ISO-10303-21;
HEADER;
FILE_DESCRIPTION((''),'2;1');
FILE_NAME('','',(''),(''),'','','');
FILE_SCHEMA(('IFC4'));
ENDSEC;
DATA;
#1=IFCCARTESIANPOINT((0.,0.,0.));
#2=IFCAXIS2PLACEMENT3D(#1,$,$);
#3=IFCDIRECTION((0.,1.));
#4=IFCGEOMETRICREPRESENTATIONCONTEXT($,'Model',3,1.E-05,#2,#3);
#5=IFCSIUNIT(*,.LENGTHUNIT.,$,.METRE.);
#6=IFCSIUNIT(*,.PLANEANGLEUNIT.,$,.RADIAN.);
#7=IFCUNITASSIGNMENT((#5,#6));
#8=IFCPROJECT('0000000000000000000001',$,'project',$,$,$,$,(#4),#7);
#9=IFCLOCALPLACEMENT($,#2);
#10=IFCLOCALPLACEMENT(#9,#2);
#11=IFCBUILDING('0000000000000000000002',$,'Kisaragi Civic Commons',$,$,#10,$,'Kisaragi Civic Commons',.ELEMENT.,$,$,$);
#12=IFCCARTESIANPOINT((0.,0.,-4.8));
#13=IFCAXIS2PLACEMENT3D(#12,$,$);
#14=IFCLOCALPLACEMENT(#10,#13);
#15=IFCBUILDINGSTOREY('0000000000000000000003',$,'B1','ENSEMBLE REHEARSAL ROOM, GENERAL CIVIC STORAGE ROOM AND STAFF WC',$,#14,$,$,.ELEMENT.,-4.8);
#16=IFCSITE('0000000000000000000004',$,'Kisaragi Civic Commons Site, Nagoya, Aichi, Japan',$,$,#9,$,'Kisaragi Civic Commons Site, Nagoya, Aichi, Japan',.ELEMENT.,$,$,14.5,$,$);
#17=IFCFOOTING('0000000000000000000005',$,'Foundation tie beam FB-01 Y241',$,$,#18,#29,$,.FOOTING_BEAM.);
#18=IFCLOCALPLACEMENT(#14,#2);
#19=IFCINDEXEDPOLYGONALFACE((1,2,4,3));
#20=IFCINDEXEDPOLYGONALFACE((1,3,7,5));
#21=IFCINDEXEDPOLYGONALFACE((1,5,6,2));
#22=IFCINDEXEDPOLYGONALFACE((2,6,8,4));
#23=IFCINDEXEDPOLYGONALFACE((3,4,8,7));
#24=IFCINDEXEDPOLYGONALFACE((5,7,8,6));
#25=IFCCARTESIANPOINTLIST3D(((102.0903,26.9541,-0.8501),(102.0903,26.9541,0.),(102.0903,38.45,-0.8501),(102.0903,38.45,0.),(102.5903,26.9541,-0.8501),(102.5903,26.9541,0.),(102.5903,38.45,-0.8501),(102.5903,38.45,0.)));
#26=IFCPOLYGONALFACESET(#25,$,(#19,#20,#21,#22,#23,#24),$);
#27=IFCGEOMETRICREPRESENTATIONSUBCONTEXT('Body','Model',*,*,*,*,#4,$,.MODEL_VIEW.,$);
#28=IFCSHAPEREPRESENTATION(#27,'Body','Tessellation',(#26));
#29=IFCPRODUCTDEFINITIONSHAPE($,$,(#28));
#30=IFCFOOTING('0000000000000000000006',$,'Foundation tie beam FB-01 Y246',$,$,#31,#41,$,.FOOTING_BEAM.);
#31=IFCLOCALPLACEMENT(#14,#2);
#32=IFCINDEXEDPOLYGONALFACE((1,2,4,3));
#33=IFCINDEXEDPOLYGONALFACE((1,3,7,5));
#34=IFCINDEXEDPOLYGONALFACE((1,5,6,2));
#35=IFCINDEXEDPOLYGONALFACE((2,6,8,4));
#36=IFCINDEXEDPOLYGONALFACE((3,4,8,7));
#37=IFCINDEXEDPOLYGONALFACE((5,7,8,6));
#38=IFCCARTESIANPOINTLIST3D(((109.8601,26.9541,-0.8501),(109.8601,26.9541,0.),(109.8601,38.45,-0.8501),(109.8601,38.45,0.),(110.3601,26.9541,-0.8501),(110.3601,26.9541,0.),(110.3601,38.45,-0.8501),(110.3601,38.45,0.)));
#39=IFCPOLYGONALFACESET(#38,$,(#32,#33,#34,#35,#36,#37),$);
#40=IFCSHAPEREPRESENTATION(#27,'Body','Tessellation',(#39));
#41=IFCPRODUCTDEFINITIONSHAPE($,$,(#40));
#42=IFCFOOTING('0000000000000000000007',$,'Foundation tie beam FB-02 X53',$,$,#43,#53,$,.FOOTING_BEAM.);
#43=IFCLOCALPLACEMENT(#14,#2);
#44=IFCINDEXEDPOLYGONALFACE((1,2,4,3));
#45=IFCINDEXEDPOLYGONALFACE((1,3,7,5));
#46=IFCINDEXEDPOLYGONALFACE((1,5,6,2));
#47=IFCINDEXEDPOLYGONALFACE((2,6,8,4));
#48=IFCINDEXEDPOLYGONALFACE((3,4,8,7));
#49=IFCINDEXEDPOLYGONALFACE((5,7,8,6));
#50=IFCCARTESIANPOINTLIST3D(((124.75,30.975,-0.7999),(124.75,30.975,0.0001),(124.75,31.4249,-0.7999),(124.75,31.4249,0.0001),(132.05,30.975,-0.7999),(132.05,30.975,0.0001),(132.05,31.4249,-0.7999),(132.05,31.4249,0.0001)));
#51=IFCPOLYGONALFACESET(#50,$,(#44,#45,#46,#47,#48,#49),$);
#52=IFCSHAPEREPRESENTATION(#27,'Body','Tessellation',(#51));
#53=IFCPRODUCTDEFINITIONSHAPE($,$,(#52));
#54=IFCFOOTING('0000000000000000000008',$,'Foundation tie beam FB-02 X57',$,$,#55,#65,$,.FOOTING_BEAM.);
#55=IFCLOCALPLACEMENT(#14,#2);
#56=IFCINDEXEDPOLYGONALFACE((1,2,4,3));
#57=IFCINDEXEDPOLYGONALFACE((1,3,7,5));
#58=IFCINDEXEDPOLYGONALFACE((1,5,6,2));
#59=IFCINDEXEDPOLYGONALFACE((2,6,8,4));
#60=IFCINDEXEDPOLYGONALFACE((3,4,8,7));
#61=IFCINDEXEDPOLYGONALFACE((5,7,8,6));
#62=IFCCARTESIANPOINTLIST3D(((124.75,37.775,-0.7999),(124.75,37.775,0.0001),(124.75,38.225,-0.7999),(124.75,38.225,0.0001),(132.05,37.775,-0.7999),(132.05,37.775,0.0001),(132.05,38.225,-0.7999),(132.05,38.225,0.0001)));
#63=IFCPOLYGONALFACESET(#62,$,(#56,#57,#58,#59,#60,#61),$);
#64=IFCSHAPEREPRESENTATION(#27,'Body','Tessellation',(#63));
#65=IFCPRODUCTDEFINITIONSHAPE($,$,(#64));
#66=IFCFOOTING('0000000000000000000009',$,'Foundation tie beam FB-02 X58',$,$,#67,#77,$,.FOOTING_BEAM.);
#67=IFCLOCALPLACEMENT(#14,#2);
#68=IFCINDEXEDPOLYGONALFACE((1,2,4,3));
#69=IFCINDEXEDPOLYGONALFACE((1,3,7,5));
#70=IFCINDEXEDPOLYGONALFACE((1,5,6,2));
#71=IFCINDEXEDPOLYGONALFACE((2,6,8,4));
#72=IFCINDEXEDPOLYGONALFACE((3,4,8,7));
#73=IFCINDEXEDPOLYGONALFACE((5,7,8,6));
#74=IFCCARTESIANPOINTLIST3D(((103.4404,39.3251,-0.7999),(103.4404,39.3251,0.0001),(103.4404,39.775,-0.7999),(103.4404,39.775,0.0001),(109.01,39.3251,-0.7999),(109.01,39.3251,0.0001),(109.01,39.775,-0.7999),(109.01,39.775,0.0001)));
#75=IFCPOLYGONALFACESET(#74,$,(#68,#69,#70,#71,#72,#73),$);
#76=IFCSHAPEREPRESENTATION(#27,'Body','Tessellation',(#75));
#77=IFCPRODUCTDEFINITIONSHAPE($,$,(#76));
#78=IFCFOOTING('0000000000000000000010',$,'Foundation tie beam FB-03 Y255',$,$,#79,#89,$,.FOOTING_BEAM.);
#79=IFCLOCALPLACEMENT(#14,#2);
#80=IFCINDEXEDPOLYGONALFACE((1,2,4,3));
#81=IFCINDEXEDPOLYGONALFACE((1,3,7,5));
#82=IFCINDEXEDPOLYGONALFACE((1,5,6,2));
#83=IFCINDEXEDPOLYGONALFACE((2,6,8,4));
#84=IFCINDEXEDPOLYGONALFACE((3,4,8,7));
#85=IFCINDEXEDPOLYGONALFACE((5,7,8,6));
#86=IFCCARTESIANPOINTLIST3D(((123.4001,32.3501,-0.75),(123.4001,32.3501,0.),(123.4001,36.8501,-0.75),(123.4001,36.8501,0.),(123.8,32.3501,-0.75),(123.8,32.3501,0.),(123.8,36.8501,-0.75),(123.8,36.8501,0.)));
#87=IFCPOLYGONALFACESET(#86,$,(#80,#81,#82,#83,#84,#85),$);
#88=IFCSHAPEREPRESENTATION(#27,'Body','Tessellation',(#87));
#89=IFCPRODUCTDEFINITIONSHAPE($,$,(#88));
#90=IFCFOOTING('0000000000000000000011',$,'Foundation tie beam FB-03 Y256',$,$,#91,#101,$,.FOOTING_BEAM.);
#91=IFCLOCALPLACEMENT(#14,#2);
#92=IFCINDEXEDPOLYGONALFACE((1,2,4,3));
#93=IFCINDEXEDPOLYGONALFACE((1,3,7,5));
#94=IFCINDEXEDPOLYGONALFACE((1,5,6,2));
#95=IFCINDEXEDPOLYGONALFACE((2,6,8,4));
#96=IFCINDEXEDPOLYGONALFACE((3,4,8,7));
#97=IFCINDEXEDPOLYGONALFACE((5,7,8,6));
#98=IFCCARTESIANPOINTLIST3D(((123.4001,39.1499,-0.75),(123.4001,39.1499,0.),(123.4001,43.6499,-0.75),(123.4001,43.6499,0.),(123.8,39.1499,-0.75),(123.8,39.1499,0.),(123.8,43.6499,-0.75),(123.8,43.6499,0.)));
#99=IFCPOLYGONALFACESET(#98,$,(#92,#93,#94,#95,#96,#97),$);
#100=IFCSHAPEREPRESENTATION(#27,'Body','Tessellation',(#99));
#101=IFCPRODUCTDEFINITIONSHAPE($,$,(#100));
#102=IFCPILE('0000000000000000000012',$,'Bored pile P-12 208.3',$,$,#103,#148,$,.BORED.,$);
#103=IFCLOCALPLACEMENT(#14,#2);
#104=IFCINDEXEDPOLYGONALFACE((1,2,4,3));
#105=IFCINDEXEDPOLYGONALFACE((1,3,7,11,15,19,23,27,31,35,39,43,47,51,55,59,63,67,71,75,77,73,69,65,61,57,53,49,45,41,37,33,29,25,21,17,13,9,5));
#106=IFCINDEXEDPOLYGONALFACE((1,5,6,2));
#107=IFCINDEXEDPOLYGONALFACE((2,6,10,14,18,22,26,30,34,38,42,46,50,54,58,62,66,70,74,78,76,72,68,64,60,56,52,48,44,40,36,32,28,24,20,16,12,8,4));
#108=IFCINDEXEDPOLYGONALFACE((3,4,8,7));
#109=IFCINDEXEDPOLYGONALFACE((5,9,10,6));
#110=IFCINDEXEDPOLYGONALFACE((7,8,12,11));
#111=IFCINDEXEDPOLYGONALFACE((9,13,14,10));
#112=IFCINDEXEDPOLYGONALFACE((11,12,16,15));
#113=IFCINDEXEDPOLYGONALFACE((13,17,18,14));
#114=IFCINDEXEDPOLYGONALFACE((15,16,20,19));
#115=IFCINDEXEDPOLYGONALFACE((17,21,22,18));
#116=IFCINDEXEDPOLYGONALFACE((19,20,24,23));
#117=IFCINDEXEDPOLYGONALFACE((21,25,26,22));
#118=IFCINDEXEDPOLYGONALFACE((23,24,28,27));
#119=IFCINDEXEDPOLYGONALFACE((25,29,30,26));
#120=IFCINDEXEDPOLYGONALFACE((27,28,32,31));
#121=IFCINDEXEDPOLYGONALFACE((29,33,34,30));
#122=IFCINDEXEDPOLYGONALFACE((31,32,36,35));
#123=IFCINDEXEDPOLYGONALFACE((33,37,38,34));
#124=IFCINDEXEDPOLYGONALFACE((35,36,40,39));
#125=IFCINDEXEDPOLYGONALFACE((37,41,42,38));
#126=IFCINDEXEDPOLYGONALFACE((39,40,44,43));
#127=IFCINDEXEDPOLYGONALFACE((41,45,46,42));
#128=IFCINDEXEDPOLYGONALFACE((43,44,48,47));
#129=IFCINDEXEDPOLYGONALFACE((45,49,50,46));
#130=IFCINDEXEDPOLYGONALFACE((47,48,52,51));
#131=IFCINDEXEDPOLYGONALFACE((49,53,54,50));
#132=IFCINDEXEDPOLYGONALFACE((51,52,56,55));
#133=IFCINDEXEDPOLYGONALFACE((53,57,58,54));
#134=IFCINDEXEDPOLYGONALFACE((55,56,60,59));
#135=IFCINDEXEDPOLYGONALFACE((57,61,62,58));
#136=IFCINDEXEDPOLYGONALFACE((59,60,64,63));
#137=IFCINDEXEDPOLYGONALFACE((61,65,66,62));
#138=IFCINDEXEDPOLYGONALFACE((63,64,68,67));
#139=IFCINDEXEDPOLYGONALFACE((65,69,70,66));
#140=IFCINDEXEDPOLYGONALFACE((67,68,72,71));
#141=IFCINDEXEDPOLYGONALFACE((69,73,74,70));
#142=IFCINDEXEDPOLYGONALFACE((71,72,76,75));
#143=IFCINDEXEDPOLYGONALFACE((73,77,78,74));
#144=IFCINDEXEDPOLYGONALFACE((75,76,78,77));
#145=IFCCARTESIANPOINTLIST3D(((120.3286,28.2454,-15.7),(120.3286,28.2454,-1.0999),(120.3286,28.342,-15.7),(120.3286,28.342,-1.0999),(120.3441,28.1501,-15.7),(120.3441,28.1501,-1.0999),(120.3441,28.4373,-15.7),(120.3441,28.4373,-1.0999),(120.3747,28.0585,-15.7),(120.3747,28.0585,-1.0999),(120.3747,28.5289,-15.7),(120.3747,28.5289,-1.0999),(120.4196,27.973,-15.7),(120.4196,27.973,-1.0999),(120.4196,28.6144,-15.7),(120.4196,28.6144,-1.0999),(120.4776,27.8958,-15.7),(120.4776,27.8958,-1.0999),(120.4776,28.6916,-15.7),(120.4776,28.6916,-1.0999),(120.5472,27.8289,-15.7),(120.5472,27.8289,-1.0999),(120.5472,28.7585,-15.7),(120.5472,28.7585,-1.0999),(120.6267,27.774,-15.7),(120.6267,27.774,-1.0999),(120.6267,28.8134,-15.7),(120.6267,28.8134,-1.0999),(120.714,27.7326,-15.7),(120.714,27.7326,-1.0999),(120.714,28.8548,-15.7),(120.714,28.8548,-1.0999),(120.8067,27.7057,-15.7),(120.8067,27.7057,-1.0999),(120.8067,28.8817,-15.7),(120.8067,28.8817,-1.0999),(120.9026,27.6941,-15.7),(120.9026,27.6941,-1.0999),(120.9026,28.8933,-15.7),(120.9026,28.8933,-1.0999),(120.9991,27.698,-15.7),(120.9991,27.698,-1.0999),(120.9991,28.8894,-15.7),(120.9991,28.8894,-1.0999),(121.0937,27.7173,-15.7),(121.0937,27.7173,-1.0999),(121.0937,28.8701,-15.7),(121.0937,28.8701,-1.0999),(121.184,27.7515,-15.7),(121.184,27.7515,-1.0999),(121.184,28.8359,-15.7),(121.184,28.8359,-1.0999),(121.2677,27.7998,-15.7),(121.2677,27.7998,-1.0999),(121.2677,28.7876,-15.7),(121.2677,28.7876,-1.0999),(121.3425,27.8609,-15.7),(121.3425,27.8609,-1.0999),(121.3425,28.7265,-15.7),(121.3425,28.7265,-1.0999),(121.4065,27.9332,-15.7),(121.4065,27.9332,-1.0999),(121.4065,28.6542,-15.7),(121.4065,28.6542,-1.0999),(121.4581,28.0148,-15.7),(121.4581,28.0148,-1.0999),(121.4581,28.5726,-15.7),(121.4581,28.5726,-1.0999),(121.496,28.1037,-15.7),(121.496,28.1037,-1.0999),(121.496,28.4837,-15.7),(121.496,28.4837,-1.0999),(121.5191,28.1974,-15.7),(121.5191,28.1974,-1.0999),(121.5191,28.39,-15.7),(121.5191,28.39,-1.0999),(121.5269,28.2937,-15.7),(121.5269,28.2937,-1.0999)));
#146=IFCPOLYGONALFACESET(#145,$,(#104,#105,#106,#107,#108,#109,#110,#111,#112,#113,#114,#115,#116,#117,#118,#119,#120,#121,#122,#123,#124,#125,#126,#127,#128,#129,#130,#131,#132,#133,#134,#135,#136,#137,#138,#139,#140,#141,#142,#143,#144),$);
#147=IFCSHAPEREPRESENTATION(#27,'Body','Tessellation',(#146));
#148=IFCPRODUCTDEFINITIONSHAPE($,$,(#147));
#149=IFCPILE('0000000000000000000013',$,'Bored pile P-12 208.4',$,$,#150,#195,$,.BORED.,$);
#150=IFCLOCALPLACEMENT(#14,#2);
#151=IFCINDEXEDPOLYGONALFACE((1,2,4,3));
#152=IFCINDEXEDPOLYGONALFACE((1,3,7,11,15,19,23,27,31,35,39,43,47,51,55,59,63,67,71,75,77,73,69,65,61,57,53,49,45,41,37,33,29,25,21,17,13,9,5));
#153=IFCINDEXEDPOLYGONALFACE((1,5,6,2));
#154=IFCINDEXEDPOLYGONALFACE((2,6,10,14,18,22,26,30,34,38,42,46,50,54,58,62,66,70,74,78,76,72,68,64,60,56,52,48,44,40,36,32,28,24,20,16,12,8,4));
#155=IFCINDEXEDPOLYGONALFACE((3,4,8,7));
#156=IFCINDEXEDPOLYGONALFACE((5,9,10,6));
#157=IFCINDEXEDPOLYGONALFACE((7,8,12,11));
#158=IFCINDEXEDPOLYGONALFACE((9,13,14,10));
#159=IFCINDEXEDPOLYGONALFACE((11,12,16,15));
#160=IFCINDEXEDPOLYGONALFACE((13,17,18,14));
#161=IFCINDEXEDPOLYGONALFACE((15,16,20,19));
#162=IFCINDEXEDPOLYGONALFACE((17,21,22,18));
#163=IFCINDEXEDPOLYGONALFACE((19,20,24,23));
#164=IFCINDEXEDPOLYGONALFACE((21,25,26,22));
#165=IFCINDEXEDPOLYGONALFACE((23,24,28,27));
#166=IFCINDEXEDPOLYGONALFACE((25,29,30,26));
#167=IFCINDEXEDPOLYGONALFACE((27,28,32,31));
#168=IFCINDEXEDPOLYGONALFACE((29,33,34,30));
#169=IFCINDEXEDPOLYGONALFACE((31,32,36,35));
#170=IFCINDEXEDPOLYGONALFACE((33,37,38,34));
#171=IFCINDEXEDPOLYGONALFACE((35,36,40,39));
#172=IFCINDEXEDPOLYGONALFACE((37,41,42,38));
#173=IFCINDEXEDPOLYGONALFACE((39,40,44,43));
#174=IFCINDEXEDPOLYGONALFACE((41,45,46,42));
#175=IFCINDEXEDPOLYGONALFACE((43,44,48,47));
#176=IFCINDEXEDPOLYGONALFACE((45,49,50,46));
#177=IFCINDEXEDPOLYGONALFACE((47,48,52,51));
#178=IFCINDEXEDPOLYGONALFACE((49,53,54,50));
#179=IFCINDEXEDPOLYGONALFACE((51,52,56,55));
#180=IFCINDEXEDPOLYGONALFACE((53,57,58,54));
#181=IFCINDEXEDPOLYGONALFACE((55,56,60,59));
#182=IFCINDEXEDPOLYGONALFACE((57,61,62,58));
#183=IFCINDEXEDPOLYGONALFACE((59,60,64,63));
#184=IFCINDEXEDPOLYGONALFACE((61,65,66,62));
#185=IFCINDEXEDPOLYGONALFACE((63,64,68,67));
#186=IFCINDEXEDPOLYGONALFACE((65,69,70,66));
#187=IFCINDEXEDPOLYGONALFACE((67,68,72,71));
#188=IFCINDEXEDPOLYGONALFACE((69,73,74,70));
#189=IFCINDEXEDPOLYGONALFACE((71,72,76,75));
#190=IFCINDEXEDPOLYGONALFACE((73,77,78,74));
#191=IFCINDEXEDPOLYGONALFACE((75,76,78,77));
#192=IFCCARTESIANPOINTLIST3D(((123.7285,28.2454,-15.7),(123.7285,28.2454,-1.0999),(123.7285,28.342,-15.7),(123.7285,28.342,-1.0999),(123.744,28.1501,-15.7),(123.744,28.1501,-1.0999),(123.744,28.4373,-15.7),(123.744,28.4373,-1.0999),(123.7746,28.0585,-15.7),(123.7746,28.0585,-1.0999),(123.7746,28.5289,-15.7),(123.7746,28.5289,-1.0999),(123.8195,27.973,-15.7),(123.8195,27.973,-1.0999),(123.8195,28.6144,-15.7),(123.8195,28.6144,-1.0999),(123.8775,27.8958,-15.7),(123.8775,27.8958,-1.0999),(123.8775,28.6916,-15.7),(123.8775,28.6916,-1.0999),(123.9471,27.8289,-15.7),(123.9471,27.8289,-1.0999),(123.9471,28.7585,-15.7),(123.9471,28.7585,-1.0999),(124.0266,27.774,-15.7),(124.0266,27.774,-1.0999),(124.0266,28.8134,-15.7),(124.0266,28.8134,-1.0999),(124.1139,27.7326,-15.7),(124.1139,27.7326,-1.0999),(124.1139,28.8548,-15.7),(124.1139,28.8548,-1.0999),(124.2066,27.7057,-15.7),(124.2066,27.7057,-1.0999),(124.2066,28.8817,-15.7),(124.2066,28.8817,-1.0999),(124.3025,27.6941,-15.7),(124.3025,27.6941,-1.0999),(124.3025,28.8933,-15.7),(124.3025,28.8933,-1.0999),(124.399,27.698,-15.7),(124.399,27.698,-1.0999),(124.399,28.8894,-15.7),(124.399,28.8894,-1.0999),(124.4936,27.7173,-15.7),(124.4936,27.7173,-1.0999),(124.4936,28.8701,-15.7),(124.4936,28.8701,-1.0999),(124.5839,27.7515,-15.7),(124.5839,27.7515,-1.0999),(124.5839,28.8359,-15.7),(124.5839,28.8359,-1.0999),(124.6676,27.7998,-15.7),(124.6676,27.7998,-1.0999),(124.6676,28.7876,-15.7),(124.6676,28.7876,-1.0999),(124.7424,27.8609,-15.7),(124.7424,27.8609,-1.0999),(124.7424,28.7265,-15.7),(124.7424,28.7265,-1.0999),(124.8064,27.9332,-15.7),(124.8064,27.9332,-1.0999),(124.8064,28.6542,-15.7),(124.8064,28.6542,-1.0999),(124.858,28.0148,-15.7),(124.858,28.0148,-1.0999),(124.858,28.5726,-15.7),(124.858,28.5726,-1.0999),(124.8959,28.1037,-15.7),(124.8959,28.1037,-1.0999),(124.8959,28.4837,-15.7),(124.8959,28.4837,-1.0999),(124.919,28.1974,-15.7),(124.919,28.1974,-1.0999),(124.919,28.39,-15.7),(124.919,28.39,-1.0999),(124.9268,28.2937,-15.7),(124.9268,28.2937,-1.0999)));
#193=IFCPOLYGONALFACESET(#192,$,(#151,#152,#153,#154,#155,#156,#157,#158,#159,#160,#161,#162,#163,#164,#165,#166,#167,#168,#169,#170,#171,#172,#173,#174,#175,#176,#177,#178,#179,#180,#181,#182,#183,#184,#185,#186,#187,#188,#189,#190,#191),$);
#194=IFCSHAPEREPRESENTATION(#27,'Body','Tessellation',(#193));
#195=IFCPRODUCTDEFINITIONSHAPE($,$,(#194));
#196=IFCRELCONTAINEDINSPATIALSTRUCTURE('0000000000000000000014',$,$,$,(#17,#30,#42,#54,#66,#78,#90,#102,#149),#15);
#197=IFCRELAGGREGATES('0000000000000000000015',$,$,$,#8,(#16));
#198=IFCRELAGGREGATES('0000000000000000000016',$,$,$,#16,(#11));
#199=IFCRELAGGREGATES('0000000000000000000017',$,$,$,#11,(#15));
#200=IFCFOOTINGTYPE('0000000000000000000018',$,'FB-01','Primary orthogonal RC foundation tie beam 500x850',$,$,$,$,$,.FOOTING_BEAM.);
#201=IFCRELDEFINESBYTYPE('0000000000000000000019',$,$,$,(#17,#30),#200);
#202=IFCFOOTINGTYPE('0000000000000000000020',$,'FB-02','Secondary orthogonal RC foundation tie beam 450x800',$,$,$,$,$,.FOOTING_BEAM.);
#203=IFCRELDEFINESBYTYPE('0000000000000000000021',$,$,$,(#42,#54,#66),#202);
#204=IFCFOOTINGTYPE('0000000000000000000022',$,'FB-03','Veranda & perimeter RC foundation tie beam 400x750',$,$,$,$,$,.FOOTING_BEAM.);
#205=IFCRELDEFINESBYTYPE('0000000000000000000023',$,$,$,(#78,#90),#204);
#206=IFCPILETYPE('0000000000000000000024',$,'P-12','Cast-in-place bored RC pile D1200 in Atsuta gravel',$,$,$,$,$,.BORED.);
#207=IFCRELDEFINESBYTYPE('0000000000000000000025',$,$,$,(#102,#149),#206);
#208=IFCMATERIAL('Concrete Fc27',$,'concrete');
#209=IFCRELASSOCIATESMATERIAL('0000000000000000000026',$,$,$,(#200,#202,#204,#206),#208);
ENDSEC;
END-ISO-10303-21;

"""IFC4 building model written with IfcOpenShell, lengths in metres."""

from ifc_helpers import new_model, si_unit, direction, frame, origin, origin_2d, place, context, subcontext, project, spatial, rectangle, circle, extrude, material, material_profile, profile_set, type_object, element, save


model = new_model("IFC4")

# Units and contexts
model_context = context("Model", 3, precision=1e-05, world=origin(), true_north=direction((0.0, 1.0)))
body_context = subcontext(model_context, "Body", "Model", "MODEL_VIEW")
ifc_project = project(units=[si_unit("LENGTHUNIT", "METRE"), si_unit("PLANEANGLEUNIT", "RADIAN")], contexts=[model_context])

# Site, building, storey
site_placement = place(None, origin())
site = spatial("IfcSite", under=ifc_project, at=site_placement, Name="Kisaragi Civic Commons Site, Nagoya, Aichi, Japan", LongName="Kisaragi Civic Commons Site, Nagoya, Aichi, Japan", CompositionType="ELEMENT", RefElevation=14.5)
building_placement = place(site_placement, origin())
building = spatial("IfcBuilding", under=site, at=building_placement, Name="Kisaragi Civic Commons", LongName="Kisaragi Civic Commons", CompositionType="ELEMENT")
storey_placement = place(building_placement, frame((0.0, 0.0, -4.8)))
storey = spatial("IfcBuildingStorey", under=building, at=storey_placement, Name="B1", Description="ENSEMBLE REHEARSAL ROOM, GENERAL CIVIC STORAGE ROOM AND STAFF WC", CompositionType="ELEMENT", Elevation=-4.8)

# Footings
ifc_material_1 = material(Name="Concrete Fc27", Category="concrete")
ifc_material_profile_1 = material_profile(ifc_material_1, rectangle(XDim=0.5, YDim=0.8501, at=origin_2d()), Name="RC-500x850", Category="concrete")
ifc_profile_set_1 = profile_set([ifc_material_profile_1], Name="Concrete Fc27")
footing_type_1 = type_object("IfcFootingType", Name="FB-01", Description="Primary orthogonal RC foundation tie beam 500x850", PredefinedType="FOOTING_BEAM", material=ifc_profile_set_1)
for number, where, z_axis, x_axis, name in (
    (1, (102.3403, 26.9541, -0.425), (0.0, 1.0, 0.0), (-1.0, 0.0, 0.0), "Foundation tie beam FB-01 Y241"),
    (2, (110.1101, 26.9541, -0.425), (0.0, 1.0, 0.0), (-1.0, 0.0, 0.0), "Foundation tie beam FB-01 Y246"),
):
    element("IfcFooting", number, at=place(storey_placement, frame(where, z_axis=z_axis, x_axis=x_axis)), inside=storey, type_object=footing_type_1, Name=name, PredefinedType="FOOTING_BEAM", context=body_context, shape_type="SweptSolid", body=[
        extrude(rectangle(XDim=0.5, YDim=0.8501, at=origin_2d()), origin(), (0.0, 0.0, 1.0), 11.4958),
    ])
ifc_material_profile_2 = material_profile(ifc_material_1, rectangle(XDim=0.45, YDim=0.8, at=origin_2d()), Name="RC-450x800", Category="concrete")
ifc_profile_set_2 = profile_set([ifc_material_profile_2], Name="Concrete Fc27")
footing_type_2 = type_object("IfcFootingType", Name="FB-02", Description="Secondary orthogonal RC foundation tie beam 450x800", PredefinedType="FOOTING_BEAM", material=ifc_profile_set_2)
for number, where, z_axis, x_axis, name in (
    (3, (124.75, 31.2, -0.3999), (1.0, 0.0, 0.0), (0.0, 1.0, 0.0), "Foundation tie beam FB-02 X53"),
    (4, (124.75, 38.0, -0.3999), (1.0, 0.0, 0.0), (0.0, 1.0, 0.0), "Foundation tie beam FB-02 X57"),
):
    element("IfcFooting", number, at=place(storey_placement, frame(where, z_axis=z_axis, x_axis=x_axis)), inside=storey, type_object=footing_type_2, Name=name, PredefinedType="FOOTING_BEAM", context=body_context, shape_type="SweptSolid", body=[
        extrude(rectangle(XDim=0.45, YDim=0.8, at=origin_2d()), origin(), (0.0, 0.0, 1.0), 7.3),
    ])
footing_1_placement = place(storey_placement, frame((103.4404, 39.55, -0.3999), z_axis=(1.0, 0.0, 0.0), x_axis=(0.0, 1.0, 0.0)))
element("IfcFooting", 5, at=footing_1_placement, inside=storey, type_object=footing_type_2, Name="Foundation tie beam FB-02 X58", PredefinedType="FOOTING_BEAM", context=body_context, shape_type="SweptSolid", body=[
    extrude(rectangle(XDim=0.45, YDim=0.8, at=origin_2d()), origin(), (0.0, 0.0, 1.0), 5.5696),
])
ifc_material_profile_3 = material_profile(ifc_material_1, rectangle(XDim=0.3999, YDim=0.75, at=origin_2d()), Name="RC-400x750", Category="concrete")
ifc_profile_set_3 = profile_set([ifc_material_profile_3], Name="Concrete Fc27")
footing_type_3 = type_object("IfcFootingType", Name="FB-03", Description="Veranda & perimeter RC foundation tie beam 400x750", PredefinedType="FOOTING_BEAM", material=ifc_profile_set_3)
for number, where, z_axis, x_axis, name in (
    (6, (123.6001, 32.3501, -0.375), (0.0, 1.0, 0.0), (-1.0, 0.0, 0.0), "Foundation tie beam FB-03 Y255"),
    (7, (123.6001, 39.1499, -0.375), (0.0, 1.0, 0.0), (-1.0, 0.0, 0.0), "Foundation tie beam FB-03 Y256"),
):
    element("IfcFooting", number, at=place(storey_placement, frame(where, z_axis=z_axis, x_axis=x_axis)), inside=storey, type_object=footing_type_3, Name=name, PredefinedType="FOOTING_BEAM", context=body_context, shape_type="SweptSolid", body=[
        extrude(rectangle(XDim=0.3999, YDim=0.75, at=origin_2d()), origin(), (0.0, 0.0, 1.0), 4.5),
    ])

# Piles
ifc_material_profile_4 = material_profile(ifc_material_1, circle(Radius=0.6001, at=origin_2d()), Name="PILE-D1200", Category="concrete")
ifc_profile_set_4 = profile_set([ifc_material_profile_4], Name="Concrete Fc27")
pile_type = type_object("IfcPileType", Name="P-12", Description="Cast-in-place bored RC pile D1200 in Atsuta gravel", PredefinedType="BORED", material=ifc_profile_set_4)
for number, where, z_axis, x_axis, name in (
    (8, (120.9268, 28.2937, -1.0999), (0.0, 0.0, -1.0), (1.0, 0.0, 0.0), "Bored pile P-12 208.3"),
    (9, (124.3267, 28.2937, -1.0999), (0.0, 0.0, -1.0), (1.0, 0.0, 0.0), "Bored pile P-12 208.4"),
):
    element("IfcPile", number, at=place(storey_placement, frame(where, z_axis=z_axis, x_axis=x_axis)), inside=storey, type_object=pile_type, Name=name, PredefinedType="BORED", context=body_context, shape_type="SweptSolid", body=[
        extrude(circle(Radius=0.6001, at=origin_2d()), origin(), (0.0, 0.0, 1.0), 14.6001),
    ])

save(model, "model.ifc")
